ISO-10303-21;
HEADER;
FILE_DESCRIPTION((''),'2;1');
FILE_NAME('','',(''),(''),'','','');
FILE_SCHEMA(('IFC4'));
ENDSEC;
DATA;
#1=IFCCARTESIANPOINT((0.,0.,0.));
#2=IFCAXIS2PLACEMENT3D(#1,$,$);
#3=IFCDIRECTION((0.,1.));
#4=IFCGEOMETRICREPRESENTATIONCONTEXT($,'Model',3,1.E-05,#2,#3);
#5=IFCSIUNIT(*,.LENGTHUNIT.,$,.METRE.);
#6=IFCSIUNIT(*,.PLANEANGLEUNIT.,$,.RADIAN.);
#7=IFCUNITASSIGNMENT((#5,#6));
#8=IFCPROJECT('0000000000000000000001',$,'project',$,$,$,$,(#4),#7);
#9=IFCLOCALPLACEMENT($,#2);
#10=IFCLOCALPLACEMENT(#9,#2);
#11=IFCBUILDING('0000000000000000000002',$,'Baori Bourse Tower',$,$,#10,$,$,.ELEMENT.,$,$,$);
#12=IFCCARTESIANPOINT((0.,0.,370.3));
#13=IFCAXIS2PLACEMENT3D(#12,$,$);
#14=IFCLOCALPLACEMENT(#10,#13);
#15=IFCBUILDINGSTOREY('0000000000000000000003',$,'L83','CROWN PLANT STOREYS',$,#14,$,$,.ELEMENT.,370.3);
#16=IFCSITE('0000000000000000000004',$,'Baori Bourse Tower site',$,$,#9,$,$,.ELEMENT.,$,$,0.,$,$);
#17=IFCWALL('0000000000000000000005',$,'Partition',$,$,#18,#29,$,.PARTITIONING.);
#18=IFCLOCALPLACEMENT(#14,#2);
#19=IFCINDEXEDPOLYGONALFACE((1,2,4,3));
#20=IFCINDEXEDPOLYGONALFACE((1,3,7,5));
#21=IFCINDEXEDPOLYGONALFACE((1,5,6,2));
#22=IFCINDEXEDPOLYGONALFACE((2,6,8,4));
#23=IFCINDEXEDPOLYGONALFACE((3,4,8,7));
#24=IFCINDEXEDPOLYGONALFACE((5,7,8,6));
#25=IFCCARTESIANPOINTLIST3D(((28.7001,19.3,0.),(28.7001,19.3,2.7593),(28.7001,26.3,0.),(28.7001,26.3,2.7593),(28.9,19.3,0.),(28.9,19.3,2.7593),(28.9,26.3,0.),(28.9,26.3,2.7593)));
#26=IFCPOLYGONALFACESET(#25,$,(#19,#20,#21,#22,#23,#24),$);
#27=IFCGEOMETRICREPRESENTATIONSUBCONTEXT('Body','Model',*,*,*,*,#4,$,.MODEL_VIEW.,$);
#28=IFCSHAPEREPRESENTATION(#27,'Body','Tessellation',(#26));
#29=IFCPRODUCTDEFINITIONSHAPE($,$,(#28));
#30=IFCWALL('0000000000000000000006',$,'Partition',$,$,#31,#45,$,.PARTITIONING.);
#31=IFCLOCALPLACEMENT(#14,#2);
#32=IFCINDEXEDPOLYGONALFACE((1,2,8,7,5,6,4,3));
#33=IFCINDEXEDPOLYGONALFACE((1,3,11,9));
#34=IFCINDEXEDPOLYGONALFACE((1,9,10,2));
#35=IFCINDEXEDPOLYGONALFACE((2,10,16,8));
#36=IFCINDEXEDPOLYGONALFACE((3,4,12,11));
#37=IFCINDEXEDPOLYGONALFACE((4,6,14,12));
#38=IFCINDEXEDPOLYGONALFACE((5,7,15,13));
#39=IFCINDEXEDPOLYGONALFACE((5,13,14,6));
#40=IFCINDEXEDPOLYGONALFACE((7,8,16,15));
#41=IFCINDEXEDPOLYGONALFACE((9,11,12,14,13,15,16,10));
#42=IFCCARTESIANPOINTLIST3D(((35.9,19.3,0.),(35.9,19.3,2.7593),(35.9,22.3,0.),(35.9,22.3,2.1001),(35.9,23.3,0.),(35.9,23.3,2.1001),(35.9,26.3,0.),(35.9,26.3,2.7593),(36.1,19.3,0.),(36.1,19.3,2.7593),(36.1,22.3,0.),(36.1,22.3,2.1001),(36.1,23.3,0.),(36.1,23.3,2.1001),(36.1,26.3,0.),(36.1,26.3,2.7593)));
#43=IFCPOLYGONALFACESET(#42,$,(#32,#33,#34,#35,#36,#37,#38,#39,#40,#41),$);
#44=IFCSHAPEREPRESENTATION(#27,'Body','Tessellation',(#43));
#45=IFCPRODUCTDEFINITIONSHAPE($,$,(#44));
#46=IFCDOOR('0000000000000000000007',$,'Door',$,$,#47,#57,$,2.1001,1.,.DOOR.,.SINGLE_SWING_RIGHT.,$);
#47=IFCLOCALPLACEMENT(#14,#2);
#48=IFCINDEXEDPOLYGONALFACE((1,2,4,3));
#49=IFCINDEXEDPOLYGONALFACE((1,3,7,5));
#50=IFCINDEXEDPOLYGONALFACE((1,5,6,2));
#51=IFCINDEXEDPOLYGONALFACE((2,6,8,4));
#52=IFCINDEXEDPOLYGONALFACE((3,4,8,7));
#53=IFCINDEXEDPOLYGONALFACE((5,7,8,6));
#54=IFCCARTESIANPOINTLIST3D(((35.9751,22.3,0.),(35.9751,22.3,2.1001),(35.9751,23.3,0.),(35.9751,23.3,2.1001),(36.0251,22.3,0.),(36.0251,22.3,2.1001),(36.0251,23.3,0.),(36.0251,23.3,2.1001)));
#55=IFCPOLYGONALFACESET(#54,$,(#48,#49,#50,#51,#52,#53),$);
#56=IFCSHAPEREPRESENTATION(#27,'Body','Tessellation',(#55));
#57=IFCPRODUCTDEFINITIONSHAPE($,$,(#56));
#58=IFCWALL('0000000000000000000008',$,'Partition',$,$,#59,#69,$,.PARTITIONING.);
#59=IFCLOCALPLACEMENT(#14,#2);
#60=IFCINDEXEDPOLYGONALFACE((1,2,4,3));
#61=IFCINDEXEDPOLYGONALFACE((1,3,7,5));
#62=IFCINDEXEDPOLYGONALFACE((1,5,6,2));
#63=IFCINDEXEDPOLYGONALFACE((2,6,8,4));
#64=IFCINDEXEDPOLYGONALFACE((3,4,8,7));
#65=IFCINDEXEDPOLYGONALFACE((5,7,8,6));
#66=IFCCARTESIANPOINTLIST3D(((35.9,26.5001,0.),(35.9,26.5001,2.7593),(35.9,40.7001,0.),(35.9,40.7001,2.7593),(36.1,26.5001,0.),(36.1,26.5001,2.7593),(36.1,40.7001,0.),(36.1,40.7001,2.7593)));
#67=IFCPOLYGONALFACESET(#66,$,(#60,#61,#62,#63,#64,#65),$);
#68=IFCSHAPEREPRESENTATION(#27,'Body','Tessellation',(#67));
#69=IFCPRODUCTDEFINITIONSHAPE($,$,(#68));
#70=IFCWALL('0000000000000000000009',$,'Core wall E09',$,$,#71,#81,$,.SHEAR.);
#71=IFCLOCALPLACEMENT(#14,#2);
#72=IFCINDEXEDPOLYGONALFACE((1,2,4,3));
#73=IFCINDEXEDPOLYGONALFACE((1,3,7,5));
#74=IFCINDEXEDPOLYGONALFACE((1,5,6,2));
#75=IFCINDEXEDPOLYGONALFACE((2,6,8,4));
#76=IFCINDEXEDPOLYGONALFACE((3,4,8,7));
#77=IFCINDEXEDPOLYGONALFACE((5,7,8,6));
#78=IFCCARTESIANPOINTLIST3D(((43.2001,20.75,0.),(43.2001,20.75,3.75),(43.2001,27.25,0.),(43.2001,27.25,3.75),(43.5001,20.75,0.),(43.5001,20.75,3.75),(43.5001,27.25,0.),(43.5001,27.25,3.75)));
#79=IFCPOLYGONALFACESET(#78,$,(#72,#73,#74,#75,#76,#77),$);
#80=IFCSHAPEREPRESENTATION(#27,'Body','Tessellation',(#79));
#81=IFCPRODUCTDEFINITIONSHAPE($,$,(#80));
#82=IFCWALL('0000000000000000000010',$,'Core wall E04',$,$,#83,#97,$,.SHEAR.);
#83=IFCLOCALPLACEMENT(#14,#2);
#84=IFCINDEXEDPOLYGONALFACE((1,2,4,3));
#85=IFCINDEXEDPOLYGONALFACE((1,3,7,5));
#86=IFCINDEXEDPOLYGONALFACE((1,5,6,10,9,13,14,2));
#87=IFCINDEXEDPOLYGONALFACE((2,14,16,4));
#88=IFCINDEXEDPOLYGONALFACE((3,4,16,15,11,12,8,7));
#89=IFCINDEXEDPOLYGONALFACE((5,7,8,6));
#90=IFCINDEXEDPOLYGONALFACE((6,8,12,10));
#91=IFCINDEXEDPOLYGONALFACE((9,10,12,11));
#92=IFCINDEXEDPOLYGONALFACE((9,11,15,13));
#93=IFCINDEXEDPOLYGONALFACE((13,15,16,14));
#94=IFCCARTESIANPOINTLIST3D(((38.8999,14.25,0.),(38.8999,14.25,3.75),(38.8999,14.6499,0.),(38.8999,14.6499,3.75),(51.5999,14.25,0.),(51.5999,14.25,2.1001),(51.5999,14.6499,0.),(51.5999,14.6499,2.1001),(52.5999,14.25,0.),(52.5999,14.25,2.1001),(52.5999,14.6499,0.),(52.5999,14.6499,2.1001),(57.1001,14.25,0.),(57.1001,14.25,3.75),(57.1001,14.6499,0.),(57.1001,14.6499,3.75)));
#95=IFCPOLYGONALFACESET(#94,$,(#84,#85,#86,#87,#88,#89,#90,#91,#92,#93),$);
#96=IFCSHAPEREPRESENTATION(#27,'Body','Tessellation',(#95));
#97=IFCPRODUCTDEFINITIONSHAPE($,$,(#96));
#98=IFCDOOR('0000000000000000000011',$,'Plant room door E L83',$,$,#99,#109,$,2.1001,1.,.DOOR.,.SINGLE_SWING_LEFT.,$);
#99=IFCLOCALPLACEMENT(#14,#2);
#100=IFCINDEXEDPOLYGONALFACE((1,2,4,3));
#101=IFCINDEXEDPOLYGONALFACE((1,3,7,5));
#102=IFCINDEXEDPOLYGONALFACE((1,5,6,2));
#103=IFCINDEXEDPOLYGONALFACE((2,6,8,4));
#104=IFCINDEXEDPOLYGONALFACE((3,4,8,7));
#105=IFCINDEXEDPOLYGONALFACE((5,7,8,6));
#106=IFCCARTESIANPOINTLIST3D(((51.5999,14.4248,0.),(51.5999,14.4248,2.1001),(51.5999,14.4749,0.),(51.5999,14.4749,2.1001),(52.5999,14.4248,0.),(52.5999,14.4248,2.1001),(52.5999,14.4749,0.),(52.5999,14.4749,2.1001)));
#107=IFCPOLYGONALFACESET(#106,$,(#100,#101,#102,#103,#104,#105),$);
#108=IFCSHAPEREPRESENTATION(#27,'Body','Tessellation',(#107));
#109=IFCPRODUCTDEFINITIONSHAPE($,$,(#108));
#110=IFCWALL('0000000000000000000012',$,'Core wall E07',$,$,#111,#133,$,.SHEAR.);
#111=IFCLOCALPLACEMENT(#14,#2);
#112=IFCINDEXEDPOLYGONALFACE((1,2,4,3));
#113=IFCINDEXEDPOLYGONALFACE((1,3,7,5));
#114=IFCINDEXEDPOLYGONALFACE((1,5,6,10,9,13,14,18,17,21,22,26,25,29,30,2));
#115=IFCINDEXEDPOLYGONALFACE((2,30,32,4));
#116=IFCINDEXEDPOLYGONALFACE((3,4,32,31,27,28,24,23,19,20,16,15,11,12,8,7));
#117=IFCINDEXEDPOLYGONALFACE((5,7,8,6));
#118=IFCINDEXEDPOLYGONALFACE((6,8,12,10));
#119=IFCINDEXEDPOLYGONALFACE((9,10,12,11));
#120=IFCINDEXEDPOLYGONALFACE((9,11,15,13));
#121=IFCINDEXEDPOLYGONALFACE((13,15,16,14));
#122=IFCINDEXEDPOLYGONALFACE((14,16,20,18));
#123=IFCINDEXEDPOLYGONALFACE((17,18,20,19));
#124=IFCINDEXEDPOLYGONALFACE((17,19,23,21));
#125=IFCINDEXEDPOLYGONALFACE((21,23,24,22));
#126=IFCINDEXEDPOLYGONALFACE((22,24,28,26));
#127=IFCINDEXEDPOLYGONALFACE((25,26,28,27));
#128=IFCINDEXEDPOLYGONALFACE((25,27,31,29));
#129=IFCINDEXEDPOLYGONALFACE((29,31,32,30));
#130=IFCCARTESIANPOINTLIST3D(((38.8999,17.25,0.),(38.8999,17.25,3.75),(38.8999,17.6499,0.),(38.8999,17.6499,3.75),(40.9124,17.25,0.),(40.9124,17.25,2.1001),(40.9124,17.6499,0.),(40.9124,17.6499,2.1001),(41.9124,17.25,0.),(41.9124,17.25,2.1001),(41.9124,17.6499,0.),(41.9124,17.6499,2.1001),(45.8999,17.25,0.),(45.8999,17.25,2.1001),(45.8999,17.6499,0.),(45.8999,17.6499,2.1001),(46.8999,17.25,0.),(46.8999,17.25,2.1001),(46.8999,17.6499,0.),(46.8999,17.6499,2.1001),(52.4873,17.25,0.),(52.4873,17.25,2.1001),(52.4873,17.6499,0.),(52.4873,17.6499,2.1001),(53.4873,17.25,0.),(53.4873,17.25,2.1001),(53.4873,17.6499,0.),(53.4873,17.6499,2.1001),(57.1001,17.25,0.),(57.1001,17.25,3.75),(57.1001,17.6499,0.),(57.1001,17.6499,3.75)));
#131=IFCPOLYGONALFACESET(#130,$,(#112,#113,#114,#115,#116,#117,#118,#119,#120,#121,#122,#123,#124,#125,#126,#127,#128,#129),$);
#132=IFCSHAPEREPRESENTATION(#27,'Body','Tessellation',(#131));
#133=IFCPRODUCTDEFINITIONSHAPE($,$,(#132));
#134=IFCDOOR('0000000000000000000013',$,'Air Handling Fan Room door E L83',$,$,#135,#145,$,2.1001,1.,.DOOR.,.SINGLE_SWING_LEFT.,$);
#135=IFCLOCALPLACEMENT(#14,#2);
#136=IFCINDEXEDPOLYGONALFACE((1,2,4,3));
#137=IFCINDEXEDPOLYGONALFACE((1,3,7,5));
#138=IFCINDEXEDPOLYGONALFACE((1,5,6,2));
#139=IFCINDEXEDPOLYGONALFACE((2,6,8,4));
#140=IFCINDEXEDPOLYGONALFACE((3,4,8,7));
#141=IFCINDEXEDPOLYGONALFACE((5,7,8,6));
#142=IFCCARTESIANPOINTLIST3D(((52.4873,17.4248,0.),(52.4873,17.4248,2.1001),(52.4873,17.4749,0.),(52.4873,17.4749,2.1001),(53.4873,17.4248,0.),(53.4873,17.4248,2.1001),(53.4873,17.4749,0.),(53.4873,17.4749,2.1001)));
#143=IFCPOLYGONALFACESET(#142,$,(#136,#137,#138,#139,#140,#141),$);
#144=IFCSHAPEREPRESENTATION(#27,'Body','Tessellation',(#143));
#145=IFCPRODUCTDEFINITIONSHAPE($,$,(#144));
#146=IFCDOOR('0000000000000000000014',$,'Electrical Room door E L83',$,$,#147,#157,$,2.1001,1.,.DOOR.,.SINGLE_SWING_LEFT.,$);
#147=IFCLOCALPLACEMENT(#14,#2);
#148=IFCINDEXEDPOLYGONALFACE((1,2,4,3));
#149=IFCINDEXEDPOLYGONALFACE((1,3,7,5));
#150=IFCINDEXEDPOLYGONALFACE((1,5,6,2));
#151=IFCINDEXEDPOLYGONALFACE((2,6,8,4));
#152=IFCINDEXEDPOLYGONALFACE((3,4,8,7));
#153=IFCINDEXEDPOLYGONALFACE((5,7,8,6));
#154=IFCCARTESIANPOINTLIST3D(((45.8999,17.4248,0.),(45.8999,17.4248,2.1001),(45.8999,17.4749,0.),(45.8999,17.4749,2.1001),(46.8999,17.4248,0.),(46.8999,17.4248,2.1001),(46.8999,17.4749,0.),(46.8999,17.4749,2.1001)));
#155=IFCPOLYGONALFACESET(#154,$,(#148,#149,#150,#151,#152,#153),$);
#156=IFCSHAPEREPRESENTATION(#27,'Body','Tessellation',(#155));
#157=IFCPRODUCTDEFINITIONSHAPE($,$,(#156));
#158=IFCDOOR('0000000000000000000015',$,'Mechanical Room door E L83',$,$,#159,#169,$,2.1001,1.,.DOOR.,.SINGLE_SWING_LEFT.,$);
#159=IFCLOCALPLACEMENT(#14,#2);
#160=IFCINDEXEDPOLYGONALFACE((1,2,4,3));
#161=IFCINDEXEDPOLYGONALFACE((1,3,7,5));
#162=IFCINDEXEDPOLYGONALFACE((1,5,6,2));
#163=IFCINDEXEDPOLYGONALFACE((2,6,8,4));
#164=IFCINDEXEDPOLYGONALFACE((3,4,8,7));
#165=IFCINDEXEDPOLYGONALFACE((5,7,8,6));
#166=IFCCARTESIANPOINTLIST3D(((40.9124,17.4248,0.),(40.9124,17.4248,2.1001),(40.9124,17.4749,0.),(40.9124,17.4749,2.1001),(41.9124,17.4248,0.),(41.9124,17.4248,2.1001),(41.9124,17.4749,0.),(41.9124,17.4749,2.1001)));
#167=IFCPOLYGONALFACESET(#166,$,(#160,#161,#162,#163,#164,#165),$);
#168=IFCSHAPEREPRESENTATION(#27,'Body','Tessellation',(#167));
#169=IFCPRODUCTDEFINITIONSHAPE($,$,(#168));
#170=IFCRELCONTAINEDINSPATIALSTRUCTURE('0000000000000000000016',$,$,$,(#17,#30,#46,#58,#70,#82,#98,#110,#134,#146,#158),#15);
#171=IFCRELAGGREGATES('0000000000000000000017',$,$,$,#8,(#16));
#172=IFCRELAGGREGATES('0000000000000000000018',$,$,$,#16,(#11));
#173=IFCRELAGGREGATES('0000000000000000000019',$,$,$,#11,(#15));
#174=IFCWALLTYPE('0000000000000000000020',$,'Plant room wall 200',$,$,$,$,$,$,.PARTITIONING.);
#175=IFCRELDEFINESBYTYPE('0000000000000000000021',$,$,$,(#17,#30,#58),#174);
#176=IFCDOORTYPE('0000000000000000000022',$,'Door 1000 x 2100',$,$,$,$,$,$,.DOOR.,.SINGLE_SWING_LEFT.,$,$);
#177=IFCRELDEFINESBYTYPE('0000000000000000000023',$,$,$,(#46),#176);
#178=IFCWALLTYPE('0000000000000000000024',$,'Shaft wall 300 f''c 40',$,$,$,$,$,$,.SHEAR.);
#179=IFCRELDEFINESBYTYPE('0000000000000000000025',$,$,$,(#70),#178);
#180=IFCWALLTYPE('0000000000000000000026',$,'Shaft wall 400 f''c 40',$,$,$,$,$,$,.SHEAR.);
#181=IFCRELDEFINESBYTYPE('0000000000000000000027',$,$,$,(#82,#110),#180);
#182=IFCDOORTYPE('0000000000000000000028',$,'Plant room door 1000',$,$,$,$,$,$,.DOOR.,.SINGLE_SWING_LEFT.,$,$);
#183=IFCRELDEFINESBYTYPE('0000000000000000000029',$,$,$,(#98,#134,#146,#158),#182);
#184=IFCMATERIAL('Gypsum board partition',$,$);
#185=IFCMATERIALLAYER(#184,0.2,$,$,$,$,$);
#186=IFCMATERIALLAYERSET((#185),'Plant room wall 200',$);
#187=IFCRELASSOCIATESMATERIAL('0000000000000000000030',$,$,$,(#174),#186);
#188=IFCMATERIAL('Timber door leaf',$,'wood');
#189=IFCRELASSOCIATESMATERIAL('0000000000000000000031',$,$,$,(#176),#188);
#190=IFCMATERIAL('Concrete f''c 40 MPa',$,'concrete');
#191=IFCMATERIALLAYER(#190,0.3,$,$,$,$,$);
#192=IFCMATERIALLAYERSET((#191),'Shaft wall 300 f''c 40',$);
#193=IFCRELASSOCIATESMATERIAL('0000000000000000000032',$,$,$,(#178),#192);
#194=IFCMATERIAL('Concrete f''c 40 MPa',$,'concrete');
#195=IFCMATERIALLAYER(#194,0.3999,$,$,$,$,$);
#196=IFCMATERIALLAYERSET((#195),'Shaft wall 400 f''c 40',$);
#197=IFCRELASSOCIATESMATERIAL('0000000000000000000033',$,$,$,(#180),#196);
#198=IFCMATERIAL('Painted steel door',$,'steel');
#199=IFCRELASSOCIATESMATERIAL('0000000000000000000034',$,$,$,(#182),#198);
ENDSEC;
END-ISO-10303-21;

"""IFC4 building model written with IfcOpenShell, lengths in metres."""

from ifc_helpers import new_model, si_unit, direction, frame, frame_2d, origin, place, context, subcontext, project, spatial, rectangle, extrude, material, layer, layer_set, type_object, element, fill, save


model = new_model("IFC4")

# Units and contexts
model_context = context("Model", 3, precision=1e-05, world=origin(), true_north=direction((0.0, 1.0)))
body_context = subcontext(model_context, "Body", "Model", "MODEL_VIEW")
ifc_project = project(units=[si_unit("LENGTHUNIT", "METRE"), si_unit("PLANEANGLEUNIT", "RADIAN")], contexts=[model_context])

# Site, building, storey
site_placement = place(None, origin())
site = spatial("IfcSite", under=ifc_project, at=site_placement, Name="Baori Bourse Tower site", CompositionType="ELEMENT", RefElevation=0.0)
building_placement = place(site_placement, origin())
building = spatial("IfcBuilding", under=site, at=building_placement, Name="Baori Bourse Tower", CompositionType="ELEMENT")
storey_placement = place(building_placement, frame((0.0, 0.0, 370.3)))
storey = spatial("IfcBuildingStorey", under=building, at=storey_placement, Name="L83", Description="CROWN PLANT STOREYS", CompositionType="ELEMENT", Elevation=370.3)

# Wall
ifc_material_1 = material(Name="Gypsum board partition")
ifc_layer_1 = layer(ifc_material_1, 0.2)
ifc_layer_set_1 = layer_set([ifc_layer_1], Name="Plant room wall 200")
wall_type_1 = type_object("IfcWallType", Name="Plant room wall 200", PredefinedType="PARTITIONING", material=ifc_layer_set_1)
wall_1_placement = place(storey_placement, frame((28.8, 19.3, 0.0), z_axis=(0.0, 0.0, 1.0), x_axis=(0.0, 1.0, 0.0)))
element("IfcWall", 1, at=wall_1_placement, inside=storey, type_object=wall_type_1, Name="Partition", PredefinedType="PARTITIONING", context=body_context, shape_type="SweptSolid", body=[
    extrude(rectangle(XDim=7.0, YDim=0.2, at=frame_2d((3.5, 0.0))), origin(), (0.0, 0.0, 1.0), 2.7593),
])

# Wall, opening, door
wall_2_placement = place(storey_placement, frame((36.0, 19.3, 0.0), z_axis=(0.0, 0.0, 1.0), x_axis=(0.0, 1.0, 0.0)))
wall_2 = element("IfcWall", 2, at=wall_2_placement, inside=storey, type_object=wall_type_1, Name="Partition", PredefinedType="PARTITIONING", context=body_context, shape_type="SweptSolid", body=[
    extrude(rectangle(XDim=7.0, YDim=0.2, at=frame_2d((3.5, 0.0))), origin(), (0.0, 0.0, 1.0), 2.7593),
])
opening_1_placement = place(wall_2_placement, frame((3.0, 0.0, 0.0)))
opening_1 = element("IfcOpeningElement", 3, at=opening_1_placement, cuts=wall_2, PredefinedType="OPENING", context=body_context, shape_type="SweptSolid", body=[
    extrude(rectangle(XDim=1.0, YDim=2.1001, at=frame_2d((0.5, 1.05))), frame((0.0, 0.1099, 0.0), z_axis=(0.0, -1.0, 0.0), x_axis=(1.0, 0.0, 0.0)), (0.0, 0.0, 1.0), 0.22),
])
ifc_material_2 = material(Name="Timber door leaf", Category="wood")
door_type_1 = type_object("IfcDoorType", Name="Door 1000 x 2100", OperationType="SINGLE_SWING_LEFT", PredefinedType="DOOR", material=ifc_material_2)
door_1_placement = place(opening_1_placement, origin())
door_1 = element("IfcDoor", 4, at=door_1_placement, inside=storey, type_object=door_type_1, Name="Door", OperationType="SINGLE_SWING_RIGHT", OverallHeight=2.1001, OverallWidth=1.0, PredefinedType="DOOR", context=body_context, shape_type="SweptSolid", body=[
    extrude(rectangle(XDim=1.0, YDim=2.1001, at=frame_2d((0.5, 1.05))), frame((0.0, 0.0249, 0.0), z_axis=(0.0, -1.0, 0.0), x_axis=(1.0, 0.0, 0.0)), (0.0, 0.0, 1.0), 0.05),
])
fill(opening_1, door_1)

# Walls
wall_3_placement = place(storey_placement, frame((36.0, 26.5, 0.0), z_axis=(0.0, 0.0, 1.0), x_axis=(0.0, 1.0, 0.0)))
element("IfcWall", 5, at=wall_3_placement, inside=storey, type_object=wall_type_1, Name="Partition", PredefinedType="PARTITIONING", context=body_context, shape_type="SweptSolid", body=[
    extrude(rectangle(XDim=14.2, YDim=0.2, at=frame_2d((7.1001, 0.0))), origin(), (0.0, 0.0, 1.0), 2.7593),
])
ifc_material_3 = material(Name="Concrete f'c 40 MPa", Category="concrete")
ifc_layer_2 = layer(ifc_material_3, 0.3)
ifc_layer_set_2 = layer_set([ifc_layer_2], Name="Shaft wall 300 f'c 40")
wall_type_2 = type_object("IfcWallType", Name="Shaft wall 300 f'c 40", PredefinedType="SHEAR", material=ifc_layer_set_2)
wall_4_placement = place(storey_placement, frame((43.3501, 20.75, 0.0), z_axis=(0.0, 0.0, 1.0), x_axis=(0.0, 1.0, 0.0)))
element("IfcWall", 6, at=wall_4_placement, inside=storey, type_object=wall_type_2, Name="Core wall E09", PredefinedType="SHEAR", context=body_context, shape_type="SweptSolid", body=[
    extrude(rectangle(XDim=6.5, YDim=0.3, at=frame_2d((3.25, 0.0))), origin(), (0.0, 0.0, 1.0), 3.75),
])

# Wall, opening, door
ifc_material_4 = material(Name="Concrete f'c 40 MPa", Category="concrete")
ifc_layer_3 = layer(ifc_material_4, 0.3999)
ifc_layer_set_3 = layer_set([ifc_layer_3], Name="Shaft wall 400 f'c 40")
wall_type_3 = type_object("IfcWallType", Name="Shaft wall 400 f'c 40", PredefinedType="SHEAR", material=ifc_layer_set_3)
wall_5_placement = place(storey_placement, frame((38.8999, 14.45, 0.0), z_axis=(0.0, 0.0, 1.0), x_axis=(1.0, 0.0, 0.0)))
wall_5 = element("IfcWall", 7, at=wall_5_placement, inside=storey, type_object=wall_type_3, Name="Core wall E04", PredefinedType="SHEAR", context=body_context, shape_type="SweptSolid", body=[
    extrude(rectangle(XDim=18.2002, YDim=0.3999, at=frame_2d((9.1001, 0.0))), origin(), (0.0, 0.0, 1.0), 3.75),
])
opening_2_placement = place(wall_5_placement, frame((12.7, 0.0, 0.0)))
opening_2 = element("IfcOpeningElement", 8, at=opening_2_placement, cuts=wall_5, PredefinedType="OPENING", context=body_context, shape_type="SweptSolid", body=[
    extrude(rectangle(XDim=1.0, YDim=2.1001, at=frame_2d((0.5, 1.05))), frame((0.0, 0.21, 0.0), z_axis=(0.0, -1.0, 0.0), x_axis=(1.0, 0.0, 0.0)), (0.0, 0.0, 1.0), 0.4199),
])
ifc_material_5 = material(Name="Painted steel door", Category="steel")
door_type_2 = type_object("IfcDoorType", Name="Plant room door 1000", OperationType="SINGLE_SWING_LEFT", PredefinedType="DOOR", material=ifc_material_5)
door_2_placement = place(opening_2_placement, origin())
door_2 = element("IfcDoor", 9, at=door_2_placement, inside=storey, type_object=door_type_2, Name="Plant room door E L83", OperationType="SINGLE_SWING_LEFT", OverallHeight=2.1001, OverallWidth=1.0, PredefinedType="DOOR", context=body_context, shape_type="SweptSolid", body=[
    extrude(rectangle(XDim=1.0, YDim=2.1001, at=frame_2d((0.5, 1.05))), frame((0.0, 0.0249, 0.0), z_axis=(0.0, -1.0, 0.0), x_axis=(1.0, 0.0, 0.0)), (0.0, 0.0, 1.0), 0.05),
])
fill(opening_2, door_2)

# Wall, openings, doors
wall_6_placement = place(storey_placement, frame((38.8999, 17.45, 0.0), z_axis=(0.0, 0.0, 1.0), x_axis=(1.0, 0.0, 0.0)))
wall_6 = element("IfcWall", 10, at=wall_6_placement, inside=storey, type_object=wall_type_3, Name="Core wall E07", PredefinedType="SHEAR", context=body_context, shape_type="SweptSolid", body=[
    extrude(rectangle(XDim=18.2002, YDim=0.3999, at=frame_2d((9.1001, 0.0))), origin(), (0.0, 0.0, 1.0), 3.75),
])
opening_3_placement = place(wall_6_placement, frame((13.5874, 0.0, 0.0)))
opening_3 = element("IfcOpeningElement", 11, at=opening_3_placement, cuts=wall_6, PredefinedType="OPENING", context=body_context, shape_type="SweptSolid", body=[
    extrude(rectangle(XDim=1.0, YDim=2.1001, at=frame_2d((0.5, 1.05))), frame((0.0, 0.21, 0.0), z_axis=(0.0, -1.0, 0.0), x_axis=(1.0, 0.0, 0.0)), (0.0, 0.0, 1.0), 0.4199),
])
opening_4_placement = place(wall_6_placement, frame((7.0, 0.0, 0.0)))
opening_4 = element("IfcOpeningElement", 12, at=opening_4_placement, cuts=wall_6, PredefinedType="OPENING", context=body_context, shape_type="SweptSolid", body=[
    extrude(rectangle(XDim=1.0, YDim=2.1001, at=frame_2d((0.5, 1.05))), frame((0.0, 0.21, 0.0), z_axis=(0.0, -1.0, 0.0), x_axis=(1.0, 0.0, 0.0)), (0.0, 0.0, 1.0), 0.4199),
])
opening_5_placement = place(wall_6_placement, frame((2.0125, 0.0, 0.0)))
opening_5 = element("IfcOpeningElement", 13, at=opening_5_placement, cuts=wall_6, PredefinedType="OPENING", context=body_context, shape_type="SweptSolid", body=[
    extrude(rectangle(XDim=1.0, YDim=2.1001, at=frame_2d((0.5, 1.05))), frame((0.0, 0.21, 0.0), z_axis=(0.0, -1.0, 0.0), x_axis=(1.0, 0.0, 0.0)), (0.0, 0.0, 1.0), 0.4199),
])
door_3_placement = place(opening_3_placement, origin())
door_3 = element("IfcDoor", 14, at=door_3_placement, inside=storey, type_object=door_type_2, Name="Air Handling Fan Room door E L83", OperationType="SINGLE_SWING_LEFT", OverallHeight=2.1001, OverallWidth=1.0, PredefinedType="DOOR", context=body_context, shape_type="SweptSolid", body=[
    extrude(rectangle(XDim=1.0, YDim=2.1001, at=frame_2d((0.5, 1.05))), frame((0.0, 0.0249, 0.0), z_axis=(0.0, -1.0, 0.0), x_axis=(1.0, 0.0, 0.0)), (0.0, 0.0, 1.0), 0.05),
])
fill(opening_3, door_3)
door_4_placement = place(opening_4_placement, origin())
door_4 = element("IfcDoor", 15, at=door_4_placement, inside=storey, type_object=door_type_2, Name="Electrical Room door E L83", OperationType="SINGLE_SWING_LEFT", OverallHeight=2.1001, OverallWidth=1.0, PredefinedType="DOOR", context=body_context, shape_type="SweptSolid", body=[
    extrude(rectangle(XDim=1.0, YDim=2.1001, at=frame_2d((0.5, 1.05))), frame((0.0, 0.0249, 0.0), z_axis=(0.0, -1.0, 0.0), x_axis=(1.0, 0.0, 0.0)), (0.0, 0.0, 1.0), 0.05),
])
fill(opening_4, door_4)
door_5_placement = place(opening_5_placement, origin())
door_5 = element("IfcDoor", 16, at=door_5_placement, inside=storey, type_object=door_type_2, Name="Mechanical Room door E L83", OperationType="SINGLE_SWING_LEFT", OverallHeight=2.1001, OverallWidth=1.0, PredefinedType="DOOR", context=body_context, shape_type="SweptSolid", body=[
    extrude(rectangle(XDim=1.0, YDim=2.1001, at=frame_2d((0.5, 1.05))), frame((0.0, 0.0249, 0.0), z_axis=(0.0, -1.0, 0.0), x_axis=(1.0, 0.0, 0.0)), (0.0, 0.0, 1.0), 0.05),
])
fill(opening_5, door_5)

save(model, "model.ifc")
